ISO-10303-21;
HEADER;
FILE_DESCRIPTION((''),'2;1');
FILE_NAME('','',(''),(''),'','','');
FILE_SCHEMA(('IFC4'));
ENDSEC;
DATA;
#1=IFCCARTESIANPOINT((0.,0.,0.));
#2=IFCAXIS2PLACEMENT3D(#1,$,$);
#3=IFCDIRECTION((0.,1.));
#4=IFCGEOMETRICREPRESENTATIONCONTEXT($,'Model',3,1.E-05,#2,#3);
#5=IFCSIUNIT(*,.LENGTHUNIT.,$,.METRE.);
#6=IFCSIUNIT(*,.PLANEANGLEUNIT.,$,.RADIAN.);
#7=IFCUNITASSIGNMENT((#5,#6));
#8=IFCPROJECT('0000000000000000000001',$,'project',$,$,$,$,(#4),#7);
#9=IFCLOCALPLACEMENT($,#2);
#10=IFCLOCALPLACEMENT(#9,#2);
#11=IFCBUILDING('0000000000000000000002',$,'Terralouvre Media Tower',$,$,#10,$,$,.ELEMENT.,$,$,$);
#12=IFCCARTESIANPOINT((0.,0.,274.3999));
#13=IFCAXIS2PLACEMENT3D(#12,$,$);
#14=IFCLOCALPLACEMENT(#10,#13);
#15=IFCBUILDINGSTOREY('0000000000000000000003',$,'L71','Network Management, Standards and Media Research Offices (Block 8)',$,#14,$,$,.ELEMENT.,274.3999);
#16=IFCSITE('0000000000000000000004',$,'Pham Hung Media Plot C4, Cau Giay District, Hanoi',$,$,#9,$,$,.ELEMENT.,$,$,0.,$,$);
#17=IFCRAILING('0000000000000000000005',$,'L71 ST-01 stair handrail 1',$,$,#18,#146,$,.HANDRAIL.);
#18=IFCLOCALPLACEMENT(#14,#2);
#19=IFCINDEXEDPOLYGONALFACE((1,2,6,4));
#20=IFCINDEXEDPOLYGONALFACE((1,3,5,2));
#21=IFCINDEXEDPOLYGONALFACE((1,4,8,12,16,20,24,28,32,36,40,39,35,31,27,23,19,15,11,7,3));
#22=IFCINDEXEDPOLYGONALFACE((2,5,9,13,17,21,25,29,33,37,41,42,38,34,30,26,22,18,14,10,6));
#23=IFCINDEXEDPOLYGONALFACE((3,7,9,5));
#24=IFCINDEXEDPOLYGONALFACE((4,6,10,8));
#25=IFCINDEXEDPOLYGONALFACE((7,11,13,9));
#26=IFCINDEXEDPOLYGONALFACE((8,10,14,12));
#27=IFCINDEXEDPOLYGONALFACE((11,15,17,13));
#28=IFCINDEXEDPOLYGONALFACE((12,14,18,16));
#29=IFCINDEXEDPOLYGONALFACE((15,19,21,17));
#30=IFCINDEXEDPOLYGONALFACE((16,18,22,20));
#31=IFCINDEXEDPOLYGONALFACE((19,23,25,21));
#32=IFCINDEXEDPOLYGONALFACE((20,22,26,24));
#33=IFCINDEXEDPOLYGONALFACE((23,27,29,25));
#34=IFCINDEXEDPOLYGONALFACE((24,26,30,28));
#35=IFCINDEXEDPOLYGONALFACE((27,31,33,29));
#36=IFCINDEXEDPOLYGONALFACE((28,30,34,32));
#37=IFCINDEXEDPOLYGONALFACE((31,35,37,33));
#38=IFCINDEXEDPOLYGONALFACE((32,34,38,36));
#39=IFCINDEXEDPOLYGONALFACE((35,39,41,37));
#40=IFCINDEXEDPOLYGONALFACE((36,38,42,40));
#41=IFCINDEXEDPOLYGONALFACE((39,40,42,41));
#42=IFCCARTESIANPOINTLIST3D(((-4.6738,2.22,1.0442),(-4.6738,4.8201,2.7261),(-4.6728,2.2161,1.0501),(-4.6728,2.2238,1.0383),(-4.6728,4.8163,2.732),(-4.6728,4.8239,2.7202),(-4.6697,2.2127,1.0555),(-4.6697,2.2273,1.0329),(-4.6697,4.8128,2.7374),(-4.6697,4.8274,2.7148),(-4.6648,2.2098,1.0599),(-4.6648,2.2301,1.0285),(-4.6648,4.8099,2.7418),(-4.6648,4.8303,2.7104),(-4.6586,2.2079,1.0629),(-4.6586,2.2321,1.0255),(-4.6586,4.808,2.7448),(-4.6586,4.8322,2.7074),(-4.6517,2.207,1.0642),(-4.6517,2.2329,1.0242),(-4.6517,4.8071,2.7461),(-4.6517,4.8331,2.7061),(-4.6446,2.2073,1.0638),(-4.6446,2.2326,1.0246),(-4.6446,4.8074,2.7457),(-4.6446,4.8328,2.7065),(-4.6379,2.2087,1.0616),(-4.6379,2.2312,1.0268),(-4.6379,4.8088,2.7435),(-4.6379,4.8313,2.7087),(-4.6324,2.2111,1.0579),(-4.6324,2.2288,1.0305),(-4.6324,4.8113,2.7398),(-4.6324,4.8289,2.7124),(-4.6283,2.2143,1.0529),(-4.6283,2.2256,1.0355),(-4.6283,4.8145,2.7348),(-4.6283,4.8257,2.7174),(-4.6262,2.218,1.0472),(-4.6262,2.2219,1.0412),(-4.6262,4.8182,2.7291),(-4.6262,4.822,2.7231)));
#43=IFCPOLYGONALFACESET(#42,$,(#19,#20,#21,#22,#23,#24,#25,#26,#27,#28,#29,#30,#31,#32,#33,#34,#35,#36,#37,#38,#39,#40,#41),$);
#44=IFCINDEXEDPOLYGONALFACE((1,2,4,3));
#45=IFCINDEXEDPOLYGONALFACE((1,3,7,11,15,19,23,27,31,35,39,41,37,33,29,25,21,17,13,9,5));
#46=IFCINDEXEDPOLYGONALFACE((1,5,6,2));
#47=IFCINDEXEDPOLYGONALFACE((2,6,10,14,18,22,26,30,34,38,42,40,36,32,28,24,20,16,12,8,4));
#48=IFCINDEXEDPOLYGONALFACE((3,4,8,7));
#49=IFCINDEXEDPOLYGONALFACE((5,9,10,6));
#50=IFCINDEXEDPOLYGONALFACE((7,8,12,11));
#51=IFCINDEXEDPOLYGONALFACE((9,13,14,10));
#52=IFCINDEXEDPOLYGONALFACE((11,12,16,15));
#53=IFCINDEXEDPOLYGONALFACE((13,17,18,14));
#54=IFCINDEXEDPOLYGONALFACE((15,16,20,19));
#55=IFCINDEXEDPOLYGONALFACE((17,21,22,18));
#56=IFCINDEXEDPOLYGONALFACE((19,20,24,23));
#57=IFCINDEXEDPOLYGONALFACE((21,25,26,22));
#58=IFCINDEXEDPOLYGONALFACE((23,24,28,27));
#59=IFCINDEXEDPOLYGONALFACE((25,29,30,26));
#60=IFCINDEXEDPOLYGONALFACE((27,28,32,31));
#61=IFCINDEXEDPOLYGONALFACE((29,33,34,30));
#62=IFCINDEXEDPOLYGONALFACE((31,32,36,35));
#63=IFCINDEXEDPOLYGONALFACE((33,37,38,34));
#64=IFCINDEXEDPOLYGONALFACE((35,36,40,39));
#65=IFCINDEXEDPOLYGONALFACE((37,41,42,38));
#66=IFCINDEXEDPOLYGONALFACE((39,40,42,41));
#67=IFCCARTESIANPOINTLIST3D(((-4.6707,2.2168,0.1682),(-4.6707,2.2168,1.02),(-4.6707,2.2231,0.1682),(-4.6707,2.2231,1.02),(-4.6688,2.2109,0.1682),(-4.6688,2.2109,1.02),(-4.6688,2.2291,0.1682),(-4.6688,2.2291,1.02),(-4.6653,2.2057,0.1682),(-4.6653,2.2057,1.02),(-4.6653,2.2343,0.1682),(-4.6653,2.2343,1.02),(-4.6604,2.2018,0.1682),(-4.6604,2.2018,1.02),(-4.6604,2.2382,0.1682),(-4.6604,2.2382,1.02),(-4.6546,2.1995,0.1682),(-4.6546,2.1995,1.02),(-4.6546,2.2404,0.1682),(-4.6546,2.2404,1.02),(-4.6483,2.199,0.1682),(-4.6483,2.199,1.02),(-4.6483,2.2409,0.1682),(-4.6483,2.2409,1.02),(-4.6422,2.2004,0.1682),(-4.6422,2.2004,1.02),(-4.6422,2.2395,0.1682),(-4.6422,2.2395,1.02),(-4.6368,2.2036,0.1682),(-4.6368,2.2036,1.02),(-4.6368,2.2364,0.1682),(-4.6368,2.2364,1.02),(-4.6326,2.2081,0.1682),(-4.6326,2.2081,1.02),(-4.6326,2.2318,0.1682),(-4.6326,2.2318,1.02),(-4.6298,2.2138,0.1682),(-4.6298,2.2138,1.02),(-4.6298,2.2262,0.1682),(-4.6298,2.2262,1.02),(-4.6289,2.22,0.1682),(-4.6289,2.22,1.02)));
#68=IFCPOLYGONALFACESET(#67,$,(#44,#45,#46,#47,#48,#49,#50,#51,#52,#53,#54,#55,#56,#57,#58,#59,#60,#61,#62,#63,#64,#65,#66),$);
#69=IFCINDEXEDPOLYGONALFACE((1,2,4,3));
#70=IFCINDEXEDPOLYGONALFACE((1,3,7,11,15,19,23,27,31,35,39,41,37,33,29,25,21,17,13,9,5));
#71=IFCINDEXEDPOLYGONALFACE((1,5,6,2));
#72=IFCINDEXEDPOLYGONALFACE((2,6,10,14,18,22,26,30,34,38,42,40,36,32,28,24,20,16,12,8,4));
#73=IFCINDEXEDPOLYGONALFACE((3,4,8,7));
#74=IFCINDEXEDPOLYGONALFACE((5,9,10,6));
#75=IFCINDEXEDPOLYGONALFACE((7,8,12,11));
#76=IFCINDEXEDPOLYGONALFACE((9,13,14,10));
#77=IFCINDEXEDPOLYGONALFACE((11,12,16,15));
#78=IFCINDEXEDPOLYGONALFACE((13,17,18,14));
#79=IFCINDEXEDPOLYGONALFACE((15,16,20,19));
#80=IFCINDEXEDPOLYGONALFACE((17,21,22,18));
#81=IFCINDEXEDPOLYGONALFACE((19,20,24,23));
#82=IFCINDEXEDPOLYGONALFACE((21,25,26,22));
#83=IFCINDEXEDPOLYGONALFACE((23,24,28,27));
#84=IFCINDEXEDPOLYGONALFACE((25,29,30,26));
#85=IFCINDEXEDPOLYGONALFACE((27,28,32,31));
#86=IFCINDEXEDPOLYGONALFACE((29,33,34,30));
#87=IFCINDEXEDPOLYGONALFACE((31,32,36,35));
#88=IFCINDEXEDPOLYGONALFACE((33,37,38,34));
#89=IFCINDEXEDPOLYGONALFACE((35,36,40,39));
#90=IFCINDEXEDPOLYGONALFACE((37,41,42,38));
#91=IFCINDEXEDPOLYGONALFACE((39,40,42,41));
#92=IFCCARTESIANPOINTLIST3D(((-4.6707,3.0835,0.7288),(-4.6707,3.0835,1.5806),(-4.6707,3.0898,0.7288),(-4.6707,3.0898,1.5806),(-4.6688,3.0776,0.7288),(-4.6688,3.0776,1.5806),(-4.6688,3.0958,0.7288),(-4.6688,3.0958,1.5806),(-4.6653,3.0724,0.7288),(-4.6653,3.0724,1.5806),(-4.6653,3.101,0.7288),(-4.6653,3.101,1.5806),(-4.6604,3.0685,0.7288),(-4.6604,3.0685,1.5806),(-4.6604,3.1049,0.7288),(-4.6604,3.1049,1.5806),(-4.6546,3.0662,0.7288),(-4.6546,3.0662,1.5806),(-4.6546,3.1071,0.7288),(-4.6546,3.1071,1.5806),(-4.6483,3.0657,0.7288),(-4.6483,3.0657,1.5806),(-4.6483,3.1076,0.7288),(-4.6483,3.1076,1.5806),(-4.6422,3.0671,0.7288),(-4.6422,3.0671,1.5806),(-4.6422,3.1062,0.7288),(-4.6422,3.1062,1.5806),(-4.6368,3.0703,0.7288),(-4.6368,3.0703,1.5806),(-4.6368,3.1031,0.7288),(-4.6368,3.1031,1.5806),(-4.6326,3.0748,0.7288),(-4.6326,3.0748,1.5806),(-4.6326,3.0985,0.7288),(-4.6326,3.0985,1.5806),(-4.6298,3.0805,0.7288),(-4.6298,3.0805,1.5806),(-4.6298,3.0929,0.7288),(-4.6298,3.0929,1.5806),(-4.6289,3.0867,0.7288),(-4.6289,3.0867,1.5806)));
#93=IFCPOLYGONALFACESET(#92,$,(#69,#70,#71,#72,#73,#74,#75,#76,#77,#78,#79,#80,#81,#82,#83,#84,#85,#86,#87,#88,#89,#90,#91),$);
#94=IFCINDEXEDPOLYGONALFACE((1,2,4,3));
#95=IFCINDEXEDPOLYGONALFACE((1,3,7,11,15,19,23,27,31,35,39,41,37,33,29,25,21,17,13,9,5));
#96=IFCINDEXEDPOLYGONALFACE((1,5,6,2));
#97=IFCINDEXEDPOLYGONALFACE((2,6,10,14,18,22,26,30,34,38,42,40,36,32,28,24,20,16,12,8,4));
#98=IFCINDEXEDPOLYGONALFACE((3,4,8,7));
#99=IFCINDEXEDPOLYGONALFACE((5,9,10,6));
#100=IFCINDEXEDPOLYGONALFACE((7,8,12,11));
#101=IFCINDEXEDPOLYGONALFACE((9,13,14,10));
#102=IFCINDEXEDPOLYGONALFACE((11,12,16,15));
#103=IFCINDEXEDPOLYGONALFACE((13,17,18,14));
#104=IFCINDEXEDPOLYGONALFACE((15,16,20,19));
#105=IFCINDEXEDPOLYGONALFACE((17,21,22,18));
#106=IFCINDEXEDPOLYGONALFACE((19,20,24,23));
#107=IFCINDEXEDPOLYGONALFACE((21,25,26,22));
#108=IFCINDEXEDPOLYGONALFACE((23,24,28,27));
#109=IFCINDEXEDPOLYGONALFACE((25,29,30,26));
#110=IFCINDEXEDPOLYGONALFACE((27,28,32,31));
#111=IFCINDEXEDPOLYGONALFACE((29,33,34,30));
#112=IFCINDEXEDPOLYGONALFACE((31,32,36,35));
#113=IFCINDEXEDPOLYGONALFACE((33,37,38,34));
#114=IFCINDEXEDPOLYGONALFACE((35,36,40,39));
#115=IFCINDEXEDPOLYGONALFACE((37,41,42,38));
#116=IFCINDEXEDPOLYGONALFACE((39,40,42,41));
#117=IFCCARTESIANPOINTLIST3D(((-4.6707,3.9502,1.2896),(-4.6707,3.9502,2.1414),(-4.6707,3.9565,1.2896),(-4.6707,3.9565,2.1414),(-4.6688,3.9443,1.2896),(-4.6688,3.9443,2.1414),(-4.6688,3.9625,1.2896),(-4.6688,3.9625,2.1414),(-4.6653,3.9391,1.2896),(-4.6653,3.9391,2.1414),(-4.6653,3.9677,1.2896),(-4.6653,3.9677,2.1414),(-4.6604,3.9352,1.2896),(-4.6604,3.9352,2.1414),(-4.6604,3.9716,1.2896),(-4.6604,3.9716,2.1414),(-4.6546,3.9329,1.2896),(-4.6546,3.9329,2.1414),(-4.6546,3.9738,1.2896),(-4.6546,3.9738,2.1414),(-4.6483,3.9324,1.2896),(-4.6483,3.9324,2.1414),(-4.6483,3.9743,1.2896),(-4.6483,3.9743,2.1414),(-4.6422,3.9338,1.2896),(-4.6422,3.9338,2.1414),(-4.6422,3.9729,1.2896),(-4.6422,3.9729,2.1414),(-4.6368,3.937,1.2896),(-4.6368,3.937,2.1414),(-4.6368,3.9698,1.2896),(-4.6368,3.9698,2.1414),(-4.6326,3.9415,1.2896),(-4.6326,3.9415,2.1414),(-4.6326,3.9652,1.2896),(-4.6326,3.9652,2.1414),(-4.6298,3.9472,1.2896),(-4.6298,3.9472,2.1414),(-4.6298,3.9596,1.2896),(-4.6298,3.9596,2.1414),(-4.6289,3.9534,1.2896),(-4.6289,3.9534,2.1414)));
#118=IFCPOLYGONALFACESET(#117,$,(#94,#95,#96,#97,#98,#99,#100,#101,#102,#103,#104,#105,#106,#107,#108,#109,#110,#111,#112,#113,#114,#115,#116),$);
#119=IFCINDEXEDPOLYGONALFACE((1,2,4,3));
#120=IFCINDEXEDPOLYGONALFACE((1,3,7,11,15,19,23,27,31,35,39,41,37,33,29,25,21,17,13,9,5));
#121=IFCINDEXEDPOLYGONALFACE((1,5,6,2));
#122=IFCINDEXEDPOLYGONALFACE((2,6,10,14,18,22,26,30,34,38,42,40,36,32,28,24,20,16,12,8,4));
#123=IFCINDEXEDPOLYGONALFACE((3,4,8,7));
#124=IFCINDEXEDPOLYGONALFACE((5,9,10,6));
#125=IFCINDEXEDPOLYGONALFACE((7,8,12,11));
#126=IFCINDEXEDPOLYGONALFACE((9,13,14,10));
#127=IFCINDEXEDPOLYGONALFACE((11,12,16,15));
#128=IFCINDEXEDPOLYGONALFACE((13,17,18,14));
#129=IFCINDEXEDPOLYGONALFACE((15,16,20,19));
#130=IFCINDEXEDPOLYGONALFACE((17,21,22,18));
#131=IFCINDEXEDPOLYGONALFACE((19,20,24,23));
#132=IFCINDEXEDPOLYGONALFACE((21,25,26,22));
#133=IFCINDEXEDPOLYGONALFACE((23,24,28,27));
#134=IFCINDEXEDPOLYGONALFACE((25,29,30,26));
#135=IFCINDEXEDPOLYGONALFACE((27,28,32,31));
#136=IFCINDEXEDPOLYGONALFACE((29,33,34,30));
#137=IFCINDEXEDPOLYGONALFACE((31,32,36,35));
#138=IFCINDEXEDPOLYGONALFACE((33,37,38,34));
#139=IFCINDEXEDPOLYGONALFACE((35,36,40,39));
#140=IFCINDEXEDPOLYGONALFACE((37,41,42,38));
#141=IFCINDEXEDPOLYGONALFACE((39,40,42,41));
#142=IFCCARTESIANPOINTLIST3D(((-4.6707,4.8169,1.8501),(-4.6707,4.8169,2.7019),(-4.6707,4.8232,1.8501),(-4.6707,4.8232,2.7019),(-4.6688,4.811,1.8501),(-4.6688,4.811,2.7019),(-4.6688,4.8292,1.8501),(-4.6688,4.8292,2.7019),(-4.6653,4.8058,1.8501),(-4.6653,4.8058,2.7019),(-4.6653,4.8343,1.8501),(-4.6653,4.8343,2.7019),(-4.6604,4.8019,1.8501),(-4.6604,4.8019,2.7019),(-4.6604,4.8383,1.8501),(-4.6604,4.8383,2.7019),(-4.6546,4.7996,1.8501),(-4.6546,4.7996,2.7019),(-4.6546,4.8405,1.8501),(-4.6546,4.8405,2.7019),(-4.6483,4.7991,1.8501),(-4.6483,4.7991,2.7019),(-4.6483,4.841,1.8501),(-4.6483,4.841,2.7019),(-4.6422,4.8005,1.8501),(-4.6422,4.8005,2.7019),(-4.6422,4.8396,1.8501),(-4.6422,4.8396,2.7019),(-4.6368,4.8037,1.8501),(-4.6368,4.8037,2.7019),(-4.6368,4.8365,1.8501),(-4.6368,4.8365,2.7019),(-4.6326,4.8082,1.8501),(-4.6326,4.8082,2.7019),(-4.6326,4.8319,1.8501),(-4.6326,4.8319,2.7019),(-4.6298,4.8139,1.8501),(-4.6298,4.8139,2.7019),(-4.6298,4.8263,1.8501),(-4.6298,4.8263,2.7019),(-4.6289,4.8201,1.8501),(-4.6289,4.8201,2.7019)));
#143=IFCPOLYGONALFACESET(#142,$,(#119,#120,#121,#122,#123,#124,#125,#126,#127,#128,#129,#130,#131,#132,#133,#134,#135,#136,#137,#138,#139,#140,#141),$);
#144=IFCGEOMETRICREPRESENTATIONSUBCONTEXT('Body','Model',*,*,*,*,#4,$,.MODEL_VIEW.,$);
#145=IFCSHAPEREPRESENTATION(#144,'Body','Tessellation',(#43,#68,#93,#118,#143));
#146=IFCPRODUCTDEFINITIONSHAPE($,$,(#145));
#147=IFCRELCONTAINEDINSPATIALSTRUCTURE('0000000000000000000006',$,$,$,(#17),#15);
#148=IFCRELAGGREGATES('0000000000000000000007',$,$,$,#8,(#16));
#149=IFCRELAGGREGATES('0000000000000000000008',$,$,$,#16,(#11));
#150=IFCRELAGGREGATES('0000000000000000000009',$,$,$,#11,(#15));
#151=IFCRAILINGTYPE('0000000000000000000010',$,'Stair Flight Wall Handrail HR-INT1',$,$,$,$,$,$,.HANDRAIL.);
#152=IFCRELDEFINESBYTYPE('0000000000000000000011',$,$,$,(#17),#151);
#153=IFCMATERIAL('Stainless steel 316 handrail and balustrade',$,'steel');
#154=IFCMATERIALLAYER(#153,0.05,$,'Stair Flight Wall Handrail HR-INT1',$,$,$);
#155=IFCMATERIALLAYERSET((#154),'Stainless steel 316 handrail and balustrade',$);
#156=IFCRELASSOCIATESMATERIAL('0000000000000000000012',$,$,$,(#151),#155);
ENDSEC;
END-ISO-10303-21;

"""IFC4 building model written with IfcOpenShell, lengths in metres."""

from ifc_helpers import new_model, si_unit, direction, frame, origin, origin_2d, place, context, subcontext, project, spatial, circle, extrude, material, layer, layer_set, type_object, element, save


model = new_model("IFC4")

# Units and contexts
model_context = context("Model", 3, precision=1e-05, world=origin(), true_north=direction((0.0, 1.0)))
body_context = subcontext(model_context, "Body", "Model", "MODEL_VIEW")
ifc_project = project(units=[si_unit("LENGTHUNIT", "METRE"), si_unit("PLANEANGLEUNIT", "RADIAN")], contexts=[model_context])

# Site, building, storey
site_placement = place(None, origin())
site = spatial("IfcSite", under=ifc_project, at=site_placement, Name="Pham Hung Media Plot C4, Cau Giay District, Hanoi", CompositionType="ELEMENT", RefElevation=0.0)
building_placement = place(site_placement, origin())
building = spatial("IfcBuilding", under=site, at=building_placement, Name="Terralouvre Media Tower", CompositionType="ELEMENT")
storey_placement = place(building_placement, frame((0.0, 0.0, 274.3999)))
storey = spatial("IfcBuildingStorey", under=building, at=storey_placement, Name="L71", Description="Network Management, Standards and Media Research Offices (Block 8)", CompositionType="ELEMENT", Elevation=274.3999)

# Railing
ifc_material_1 = material(Name="Stainless steel 316 handrail and balustrade", Category="steel")
ifc_layer_1 = layer(ifc_material_1, 0.05, Name="Stair Flight Wall Handrail HR-INT1")
ifc_layer_set_1 = layer_set([ifc_layer_1], Name="Stainless steel 316 handrail and balustrade")
railing_type_1 = type_object("IfcRailingType", Name="Stair Flight Wall Handrail HR-INT1", PredefinedType="HANDRAIL", material=ifc_layer_set_1)
railing_1_placement = place(storey_placement, frame((-4.6499, 2.22, 0.1682)))
element("IfcRailing", 1, at=railing_1_placement, inside=storey, type_object=railing_type_1, Name="L71 ST-01 stair handrail 1", PredefinedType="HANDRAIL", context=body_context, shape_type="SweptSolid", body=[
    extrude(circle(Radius=0.0239, at=origin_2d()), frame((0.0, 0.0, 0.876), z_axis=(0.0, 0.839648, 0.54313), x_axis=(-1.0, 0.0, 0.0)), (0.0, 0.0, 1.0), 3.0967),
    extrude(circle(Radius=0.021, at=origin_2d()), origin(), (0.0, 0.0, 1.0), 0.8518),
    extrude(circle(Radius=0.021, at=origin_2d()), frame((0.0, 0.8667, 0.5605)), (0.0, 0.0, 1.0), 0.8518),
    extrude(circle(Radius=0.021, at=origin_2d()), frame((0.0, 1.7334, 1.1213)), (0.0, 0.0, 1.0), 0.8518),
    extrude(circle(Radius=0.021, at=origin_2d()), frame((0.0, 2.6001, 1.6819)), (0.0, 0.0, 1.0), 0.8518),
])

save(model, "model.ifc")
